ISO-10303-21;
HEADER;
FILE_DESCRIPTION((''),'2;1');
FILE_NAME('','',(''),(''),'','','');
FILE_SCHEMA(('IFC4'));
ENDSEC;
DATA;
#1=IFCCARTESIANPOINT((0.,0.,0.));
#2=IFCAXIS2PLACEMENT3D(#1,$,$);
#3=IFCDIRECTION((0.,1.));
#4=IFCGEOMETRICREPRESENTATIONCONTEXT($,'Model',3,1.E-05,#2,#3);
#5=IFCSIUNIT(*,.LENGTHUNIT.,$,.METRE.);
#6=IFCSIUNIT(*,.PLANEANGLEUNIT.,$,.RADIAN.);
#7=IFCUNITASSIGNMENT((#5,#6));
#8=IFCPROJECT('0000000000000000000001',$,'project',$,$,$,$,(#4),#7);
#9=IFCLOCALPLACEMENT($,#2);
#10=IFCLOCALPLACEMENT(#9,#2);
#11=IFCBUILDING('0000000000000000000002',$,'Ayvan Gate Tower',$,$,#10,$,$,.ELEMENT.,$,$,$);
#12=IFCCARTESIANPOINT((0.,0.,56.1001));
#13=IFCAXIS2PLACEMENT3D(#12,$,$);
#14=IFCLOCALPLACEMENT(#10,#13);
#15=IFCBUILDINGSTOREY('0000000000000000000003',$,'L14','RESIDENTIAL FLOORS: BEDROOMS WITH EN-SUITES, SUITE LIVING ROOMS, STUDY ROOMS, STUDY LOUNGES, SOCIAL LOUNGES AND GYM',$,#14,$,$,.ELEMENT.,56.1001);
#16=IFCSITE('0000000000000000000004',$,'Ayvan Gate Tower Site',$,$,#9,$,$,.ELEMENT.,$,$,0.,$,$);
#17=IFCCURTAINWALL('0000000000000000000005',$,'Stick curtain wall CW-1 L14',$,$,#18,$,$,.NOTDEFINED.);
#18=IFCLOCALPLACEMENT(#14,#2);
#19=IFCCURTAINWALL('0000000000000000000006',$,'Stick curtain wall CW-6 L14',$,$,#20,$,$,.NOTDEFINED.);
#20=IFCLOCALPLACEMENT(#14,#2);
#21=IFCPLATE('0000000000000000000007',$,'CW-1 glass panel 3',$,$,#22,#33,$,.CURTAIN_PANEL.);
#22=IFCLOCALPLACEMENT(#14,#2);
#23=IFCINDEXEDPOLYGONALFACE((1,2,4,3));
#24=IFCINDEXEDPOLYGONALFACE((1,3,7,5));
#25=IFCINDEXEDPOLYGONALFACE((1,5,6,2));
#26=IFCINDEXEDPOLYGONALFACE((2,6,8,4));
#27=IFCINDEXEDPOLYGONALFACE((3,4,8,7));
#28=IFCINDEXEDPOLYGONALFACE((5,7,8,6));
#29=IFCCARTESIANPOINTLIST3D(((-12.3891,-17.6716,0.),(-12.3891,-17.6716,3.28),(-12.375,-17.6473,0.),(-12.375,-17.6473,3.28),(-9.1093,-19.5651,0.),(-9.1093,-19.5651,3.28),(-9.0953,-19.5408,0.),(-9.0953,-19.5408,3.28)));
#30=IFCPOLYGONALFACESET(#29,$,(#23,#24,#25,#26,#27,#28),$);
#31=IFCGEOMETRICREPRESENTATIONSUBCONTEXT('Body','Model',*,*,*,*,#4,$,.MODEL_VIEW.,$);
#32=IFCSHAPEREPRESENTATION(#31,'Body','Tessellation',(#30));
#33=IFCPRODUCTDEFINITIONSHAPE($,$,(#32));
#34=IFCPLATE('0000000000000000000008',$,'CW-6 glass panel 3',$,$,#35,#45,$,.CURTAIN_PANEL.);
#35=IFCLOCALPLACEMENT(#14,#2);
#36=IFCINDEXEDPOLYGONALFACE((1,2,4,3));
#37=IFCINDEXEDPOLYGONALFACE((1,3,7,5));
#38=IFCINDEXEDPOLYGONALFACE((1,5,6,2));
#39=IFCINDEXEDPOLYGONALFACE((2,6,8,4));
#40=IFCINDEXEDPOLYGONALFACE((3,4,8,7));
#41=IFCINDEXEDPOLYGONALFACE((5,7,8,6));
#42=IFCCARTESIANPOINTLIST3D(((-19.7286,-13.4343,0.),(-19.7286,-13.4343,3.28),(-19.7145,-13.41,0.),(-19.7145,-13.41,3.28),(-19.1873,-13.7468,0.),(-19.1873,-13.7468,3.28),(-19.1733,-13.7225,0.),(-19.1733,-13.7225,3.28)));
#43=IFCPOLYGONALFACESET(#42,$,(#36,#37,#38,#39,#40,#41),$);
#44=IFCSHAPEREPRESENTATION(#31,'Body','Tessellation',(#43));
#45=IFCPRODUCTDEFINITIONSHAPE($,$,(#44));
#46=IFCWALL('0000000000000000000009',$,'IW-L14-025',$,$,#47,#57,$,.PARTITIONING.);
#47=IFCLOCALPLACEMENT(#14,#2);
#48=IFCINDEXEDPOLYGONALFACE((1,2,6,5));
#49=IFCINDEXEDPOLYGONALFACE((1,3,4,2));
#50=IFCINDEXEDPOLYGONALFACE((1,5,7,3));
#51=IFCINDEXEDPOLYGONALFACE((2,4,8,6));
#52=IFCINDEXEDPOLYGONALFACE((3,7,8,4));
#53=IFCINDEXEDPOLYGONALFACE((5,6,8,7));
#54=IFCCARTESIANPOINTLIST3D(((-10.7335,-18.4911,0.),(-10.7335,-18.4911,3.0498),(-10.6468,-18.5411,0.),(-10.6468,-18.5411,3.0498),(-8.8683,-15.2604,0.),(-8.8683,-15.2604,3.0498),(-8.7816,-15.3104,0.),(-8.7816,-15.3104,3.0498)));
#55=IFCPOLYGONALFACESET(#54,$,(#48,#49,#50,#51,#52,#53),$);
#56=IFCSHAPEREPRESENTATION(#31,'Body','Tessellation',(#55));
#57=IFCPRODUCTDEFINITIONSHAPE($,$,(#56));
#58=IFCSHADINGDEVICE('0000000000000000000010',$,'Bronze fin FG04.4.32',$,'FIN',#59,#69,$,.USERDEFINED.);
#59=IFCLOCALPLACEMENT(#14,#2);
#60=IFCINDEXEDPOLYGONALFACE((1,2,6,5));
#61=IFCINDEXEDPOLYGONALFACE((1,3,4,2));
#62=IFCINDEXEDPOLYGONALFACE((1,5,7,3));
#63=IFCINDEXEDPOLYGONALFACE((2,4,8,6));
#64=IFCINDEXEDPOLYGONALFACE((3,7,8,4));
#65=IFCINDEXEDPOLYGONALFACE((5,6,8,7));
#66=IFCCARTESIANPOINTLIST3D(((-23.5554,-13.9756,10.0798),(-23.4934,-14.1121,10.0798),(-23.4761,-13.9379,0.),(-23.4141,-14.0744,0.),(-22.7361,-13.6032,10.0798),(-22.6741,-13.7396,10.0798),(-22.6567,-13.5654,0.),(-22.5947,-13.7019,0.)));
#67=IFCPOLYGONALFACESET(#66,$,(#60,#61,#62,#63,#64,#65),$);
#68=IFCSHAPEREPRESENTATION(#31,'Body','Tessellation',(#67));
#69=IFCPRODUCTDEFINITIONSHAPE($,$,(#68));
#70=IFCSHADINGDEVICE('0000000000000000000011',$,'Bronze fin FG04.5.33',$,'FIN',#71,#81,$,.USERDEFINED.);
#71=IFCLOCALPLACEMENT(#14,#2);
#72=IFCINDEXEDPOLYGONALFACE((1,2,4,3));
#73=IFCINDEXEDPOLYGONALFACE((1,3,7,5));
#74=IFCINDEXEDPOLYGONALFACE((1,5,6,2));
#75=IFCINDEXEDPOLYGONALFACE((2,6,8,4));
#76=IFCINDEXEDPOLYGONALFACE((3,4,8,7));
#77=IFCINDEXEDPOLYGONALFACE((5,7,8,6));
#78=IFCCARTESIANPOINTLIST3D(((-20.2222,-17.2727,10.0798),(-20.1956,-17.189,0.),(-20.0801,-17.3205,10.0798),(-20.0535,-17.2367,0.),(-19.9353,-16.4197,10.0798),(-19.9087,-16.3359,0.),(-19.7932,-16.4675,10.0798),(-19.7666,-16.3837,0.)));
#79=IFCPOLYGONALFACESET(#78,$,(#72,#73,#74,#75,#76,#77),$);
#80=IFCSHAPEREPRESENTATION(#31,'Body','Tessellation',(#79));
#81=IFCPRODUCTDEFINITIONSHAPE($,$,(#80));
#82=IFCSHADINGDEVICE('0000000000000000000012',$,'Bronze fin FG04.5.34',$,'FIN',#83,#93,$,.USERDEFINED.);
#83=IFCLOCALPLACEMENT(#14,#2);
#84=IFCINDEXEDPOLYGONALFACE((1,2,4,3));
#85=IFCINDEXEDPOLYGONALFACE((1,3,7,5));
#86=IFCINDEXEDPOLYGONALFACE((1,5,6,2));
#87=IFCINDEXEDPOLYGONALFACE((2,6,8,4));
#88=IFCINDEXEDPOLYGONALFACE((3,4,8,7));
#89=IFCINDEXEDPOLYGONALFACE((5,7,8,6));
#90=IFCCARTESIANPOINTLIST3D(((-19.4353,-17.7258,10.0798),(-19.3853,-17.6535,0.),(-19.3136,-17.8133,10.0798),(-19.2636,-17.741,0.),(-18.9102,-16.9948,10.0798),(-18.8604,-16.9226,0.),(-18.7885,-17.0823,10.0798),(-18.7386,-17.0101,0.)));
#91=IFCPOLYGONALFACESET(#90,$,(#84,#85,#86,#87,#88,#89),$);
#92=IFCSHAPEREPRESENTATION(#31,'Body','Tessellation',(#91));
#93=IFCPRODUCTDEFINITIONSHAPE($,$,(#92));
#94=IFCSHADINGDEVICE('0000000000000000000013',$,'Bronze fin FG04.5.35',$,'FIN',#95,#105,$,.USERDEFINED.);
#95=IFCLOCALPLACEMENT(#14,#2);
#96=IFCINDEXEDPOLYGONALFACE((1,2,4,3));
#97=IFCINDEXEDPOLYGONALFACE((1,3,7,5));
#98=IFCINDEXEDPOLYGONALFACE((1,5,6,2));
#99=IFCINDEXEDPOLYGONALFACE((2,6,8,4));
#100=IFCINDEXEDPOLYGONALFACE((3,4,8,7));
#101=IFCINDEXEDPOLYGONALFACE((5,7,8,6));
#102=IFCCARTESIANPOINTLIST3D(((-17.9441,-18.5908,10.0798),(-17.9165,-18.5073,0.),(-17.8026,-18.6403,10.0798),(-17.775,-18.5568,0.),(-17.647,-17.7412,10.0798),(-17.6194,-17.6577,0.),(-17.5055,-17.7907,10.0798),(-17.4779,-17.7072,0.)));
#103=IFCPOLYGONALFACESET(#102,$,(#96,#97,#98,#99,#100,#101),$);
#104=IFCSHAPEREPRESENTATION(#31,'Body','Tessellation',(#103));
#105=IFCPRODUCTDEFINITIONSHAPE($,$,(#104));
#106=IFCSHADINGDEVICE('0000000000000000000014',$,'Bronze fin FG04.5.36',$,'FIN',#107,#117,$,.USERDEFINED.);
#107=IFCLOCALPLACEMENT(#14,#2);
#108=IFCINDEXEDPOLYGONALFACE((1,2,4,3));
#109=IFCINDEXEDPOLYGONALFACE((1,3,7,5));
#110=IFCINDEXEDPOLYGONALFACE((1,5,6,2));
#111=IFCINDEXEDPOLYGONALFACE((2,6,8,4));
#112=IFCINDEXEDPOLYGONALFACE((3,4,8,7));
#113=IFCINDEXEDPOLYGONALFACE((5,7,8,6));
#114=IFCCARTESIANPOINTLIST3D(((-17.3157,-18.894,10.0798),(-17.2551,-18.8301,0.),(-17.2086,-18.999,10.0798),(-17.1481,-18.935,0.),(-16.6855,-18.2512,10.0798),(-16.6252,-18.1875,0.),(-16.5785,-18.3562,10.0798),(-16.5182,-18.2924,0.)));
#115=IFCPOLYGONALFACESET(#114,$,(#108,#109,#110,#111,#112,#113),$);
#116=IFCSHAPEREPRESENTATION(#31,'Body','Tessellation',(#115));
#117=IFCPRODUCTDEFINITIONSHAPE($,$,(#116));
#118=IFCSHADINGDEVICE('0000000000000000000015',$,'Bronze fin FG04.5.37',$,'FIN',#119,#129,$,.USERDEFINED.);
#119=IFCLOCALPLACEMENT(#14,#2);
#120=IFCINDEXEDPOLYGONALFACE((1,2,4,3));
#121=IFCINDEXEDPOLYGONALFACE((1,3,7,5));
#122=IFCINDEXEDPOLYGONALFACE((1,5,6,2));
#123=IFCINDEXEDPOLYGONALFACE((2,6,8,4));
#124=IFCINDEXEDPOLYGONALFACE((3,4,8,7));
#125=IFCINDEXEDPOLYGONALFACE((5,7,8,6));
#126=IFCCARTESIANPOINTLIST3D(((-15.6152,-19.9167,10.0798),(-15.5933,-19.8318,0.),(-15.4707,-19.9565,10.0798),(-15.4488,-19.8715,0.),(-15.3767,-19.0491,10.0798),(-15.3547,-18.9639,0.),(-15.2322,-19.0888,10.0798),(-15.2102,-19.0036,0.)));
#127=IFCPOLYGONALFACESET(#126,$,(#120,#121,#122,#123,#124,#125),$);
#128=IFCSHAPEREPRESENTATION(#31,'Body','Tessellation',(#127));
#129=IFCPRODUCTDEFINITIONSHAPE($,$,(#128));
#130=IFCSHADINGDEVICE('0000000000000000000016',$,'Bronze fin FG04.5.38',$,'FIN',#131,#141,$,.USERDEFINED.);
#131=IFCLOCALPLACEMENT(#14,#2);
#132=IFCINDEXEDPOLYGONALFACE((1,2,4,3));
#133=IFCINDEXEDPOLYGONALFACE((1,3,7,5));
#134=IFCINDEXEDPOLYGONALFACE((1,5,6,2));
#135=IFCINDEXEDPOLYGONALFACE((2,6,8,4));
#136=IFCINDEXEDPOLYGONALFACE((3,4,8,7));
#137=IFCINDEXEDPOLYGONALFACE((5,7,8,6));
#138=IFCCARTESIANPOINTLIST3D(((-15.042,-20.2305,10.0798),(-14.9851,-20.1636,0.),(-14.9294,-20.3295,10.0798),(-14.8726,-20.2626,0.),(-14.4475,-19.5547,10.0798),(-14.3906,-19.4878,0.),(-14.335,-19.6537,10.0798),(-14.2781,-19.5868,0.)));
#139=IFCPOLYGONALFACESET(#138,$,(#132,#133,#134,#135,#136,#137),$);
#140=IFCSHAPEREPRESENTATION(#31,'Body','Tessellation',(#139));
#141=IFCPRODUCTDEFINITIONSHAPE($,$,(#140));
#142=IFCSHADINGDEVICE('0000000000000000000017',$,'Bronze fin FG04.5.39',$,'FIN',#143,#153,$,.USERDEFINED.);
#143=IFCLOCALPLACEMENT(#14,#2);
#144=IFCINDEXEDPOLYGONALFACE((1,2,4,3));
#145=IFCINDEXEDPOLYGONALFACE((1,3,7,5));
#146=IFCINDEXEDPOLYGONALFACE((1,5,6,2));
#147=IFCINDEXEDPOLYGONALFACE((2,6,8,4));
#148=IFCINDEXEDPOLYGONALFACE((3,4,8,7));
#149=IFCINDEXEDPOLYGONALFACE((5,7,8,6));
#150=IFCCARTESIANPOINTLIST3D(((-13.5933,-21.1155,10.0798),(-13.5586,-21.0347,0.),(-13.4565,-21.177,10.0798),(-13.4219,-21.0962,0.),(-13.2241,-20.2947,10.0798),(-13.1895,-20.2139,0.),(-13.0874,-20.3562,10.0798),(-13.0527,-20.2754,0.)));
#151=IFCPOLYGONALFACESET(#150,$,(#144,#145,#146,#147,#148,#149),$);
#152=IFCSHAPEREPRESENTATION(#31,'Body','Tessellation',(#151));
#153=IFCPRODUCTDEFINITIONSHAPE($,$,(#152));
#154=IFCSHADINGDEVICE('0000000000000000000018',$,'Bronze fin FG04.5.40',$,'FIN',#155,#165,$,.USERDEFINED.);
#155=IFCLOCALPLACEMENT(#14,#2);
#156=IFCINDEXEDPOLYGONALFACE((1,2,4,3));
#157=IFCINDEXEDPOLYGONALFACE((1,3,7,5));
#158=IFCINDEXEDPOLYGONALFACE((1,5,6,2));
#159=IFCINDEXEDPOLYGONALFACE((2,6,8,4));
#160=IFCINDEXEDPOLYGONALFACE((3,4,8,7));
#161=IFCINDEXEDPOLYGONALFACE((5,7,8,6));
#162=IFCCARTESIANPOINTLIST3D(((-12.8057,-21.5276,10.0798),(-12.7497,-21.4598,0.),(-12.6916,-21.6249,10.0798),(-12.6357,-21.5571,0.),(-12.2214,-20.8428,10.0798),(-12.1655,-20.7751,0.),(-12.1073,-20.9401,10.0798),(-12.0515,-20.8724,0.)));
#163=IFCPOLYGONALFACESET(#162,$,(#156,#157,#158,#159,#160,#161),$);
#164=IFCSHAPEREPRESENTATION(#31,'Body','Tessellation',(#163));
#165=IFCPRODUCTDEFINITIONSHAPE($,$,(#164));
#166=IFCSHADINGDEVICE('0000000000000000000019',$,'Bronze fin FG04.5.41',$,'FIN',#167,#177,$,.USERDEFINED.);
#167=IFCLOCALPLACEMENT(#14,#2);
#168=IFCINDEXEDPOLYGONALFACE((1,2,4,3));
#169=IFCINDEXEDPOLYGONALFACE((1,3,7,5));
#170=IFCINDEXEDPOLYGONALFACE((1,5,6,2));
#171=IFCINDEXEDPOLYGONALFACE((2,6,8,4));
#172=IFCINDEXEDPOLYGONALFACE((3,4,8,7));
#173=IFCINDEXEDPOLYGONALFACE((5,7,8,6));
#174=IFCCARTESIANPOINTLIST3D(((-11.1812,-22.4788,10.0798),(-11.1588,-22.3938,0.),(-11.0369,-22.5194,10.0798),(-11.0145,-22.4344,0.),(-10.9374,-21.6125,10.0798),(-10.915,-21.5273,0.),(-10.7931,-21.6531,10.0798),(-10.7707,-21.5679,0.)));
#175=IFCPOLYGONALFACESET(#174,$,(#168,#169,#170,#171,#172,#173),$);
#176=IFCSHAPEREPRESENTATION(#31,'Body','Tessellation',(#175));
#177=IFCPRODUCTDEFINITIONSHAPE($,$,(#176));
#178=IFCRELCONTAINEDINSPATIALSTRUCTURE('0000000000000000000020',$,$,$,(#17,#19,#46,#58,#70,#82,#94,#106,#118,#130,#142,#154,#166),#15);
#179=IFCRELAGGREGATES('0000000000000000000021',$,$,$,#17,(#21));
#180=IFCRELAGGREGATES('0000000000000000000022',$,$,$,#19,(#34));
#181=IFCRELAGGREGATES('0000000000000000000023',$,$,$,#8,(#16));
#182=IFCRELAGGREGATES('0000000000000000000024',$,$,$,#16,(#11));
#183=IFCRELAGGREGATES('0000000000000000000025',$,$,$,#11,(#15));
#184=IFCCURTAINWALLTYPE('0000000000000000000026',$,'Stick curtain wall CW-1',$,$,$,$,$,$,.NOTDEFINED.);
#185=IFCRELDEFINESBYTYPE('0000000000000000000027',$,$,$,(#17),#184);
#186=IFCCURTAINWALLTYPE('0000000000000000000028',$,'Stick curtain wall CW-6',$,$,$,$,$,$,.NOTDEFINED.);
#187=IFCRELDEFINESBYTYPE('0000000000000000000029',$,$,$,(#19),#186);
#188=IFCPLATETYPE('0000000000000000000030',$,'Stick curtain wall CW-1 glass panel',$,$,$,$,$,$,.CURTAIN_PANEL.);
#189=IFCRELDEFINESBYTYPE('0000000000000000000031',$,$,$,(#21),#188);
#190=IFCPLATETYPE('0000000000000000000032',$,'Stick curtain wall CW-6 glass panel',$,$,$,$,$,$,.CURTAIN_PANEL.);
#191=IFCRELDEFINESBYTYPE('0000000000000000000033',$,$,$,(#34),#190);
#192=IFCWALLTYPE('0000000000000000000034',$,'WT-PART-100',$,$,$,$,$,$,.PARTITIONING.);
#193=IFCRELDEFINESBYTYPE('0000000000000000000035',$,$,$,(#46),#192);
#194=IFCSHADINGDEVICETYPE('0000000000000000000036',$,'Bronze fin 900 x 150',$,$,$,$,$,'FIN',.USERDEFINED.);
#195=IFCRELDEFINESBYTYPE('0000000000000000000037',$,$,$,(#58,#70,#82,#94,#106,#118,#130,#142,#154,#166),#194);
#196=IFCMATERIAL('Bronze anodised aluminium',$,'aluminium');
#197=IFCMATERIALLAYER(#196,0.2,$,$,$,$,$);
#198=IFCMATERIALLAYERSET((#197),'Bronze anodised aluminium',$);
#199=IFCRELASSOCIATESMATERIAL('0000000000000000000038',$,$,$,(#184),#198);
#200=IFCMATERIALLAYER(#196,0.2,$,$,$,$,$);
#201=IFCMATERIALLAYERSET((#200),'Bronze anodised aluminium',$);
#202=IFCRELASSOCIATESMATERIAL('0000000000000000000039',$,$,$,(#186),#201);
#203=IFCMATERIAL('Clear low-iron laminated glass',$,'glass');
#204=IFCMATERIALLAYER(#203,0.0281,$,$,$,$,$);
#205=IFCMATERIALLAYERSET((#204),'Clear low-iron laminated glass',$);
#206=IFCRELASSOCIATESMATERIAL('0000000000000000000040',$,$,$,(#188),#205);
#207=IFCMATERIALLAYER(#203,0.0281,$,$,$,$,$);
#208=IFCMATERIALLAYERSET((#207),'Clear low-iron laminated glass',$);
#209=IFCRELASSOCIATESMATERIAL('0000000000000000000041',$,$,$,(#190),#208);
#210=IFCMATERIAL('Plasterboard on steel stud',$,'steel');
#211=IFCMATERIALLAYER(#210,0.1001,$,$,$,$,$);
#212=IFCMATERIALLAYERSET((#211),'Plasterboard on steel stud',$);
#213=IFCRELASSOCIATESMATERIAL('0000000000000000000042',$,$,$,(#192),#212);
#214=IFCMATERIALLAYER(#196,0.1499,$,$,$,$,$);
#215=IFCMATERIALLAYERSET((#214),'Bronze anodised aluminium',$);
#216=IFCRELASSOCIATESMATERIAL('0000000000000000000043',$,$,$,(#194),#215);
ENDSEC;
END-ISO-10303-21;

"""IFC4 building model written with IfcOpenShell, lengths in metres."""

from ifc_helpers import new_model, si_unit, direction, frame, frame_2d, origin, origin_2d, place, context, subcontext, project, spatial, polyline, rectangle, outline, extrude, material, layer, layer_set, type_object, element, aggregate, save


model = new_model("IFC4")

# Units and contexts
model_context = context("Model", 3, precision=1e-05, world=origin(), true_north=direction((0.0, 1.0)))
body_context = subcontext(model_context, "Body", "Model", "MODEL_VIEW")
ifc_project = project(units=[si_unit("LENGTHUNIT", "METRE"), si_unit("PLANEANGLEUNIT", "RADIAN")], contexts=[model_context])

# Site, building, storey
site_placement = place(None, origin())
site = spatial("IfcSite", under=ifc_project, at=site_placement, Name="Ayvan Gate Tower Site", CompositionType="ELEMENT", RefElevation=0.0)
building_placement = place(site_placement, origin())
building = spatial("IfcBuilding", under=site, at=building_placement, Name="Ayvan Gate Tower", CompositionType="ELEMENT")
storey_placement = place(building_placement, frame((0.0, 0.0, 56.1001)))
storey = spatial("IfcBuildingStorey", under=building, at=storey_placement, Name="L14", Description="RESIDENTIAL FLOORS: BEDROOMS WITH EN-SUITES, SUITE LIVING ROOMS, STUDY ROOMS, STUDY LOUNGES, SOCIAL LOUNGES AND GYM", CompositionType="ELEMENT", Elevation=56.1001)

# Curtain walls
ifc_material_1 = material(Name="Bronze anodised aluminium", Category="aluminium")
ifc_layer_1 = layer(ifc_material_1, 0.2)
ifc_layer_set_1 = layer_set([ifc_layer_1], Name="Bronze anodised aluminium")
curtain_wall_type_1 = type_object("IfcCurtainWallType", Name="Stick curtain wall CW-1", PredefinedType="NOTDEFINED", material=ifc_layer_set_1)
curtain_wall_1_placement = place(storey_placement, origin())
curtain_wall_1 = element("IfcCurtainWall", 1, at=curtain_wall_1_placement, inside=storey, type_object=curtain_wall_type_1, Name="Stick curtain wall CW-1 L14", PredefinedType="NOTDEFINED")
ifc_layer_2 = layer(ifc_material_1, 0.2)
ifc_layer_set_2 = layer_set([ifc_layer_2], Name="Bronze anodised aluminium")
curtain_wall_type_2 = type_object("IfcCurtainWallType", Name="Stick curtain wall CW-6", PredefinedType="NOTDEFINED", material=ifc_layer_set_2)
curtain_wall_2_placement = place(storey_placement, origin())
curtain_wall_2 = element("IfcCurtainWall", 2, at=curtain_wall_2_placement, inside=storey, type_object=curtain_wall_type_2, Name="Stick curtain wall CW-6 L14", PredefinedType="NOTDEFINED")

# Plates
ifc_material_2 = material(Name="Clear low-iron laminated glass", Category="glass")
ifc_layer_3 = layer(ifc_material_2, 0.0281)
ifc_layer_set_3 = layer_set([ifc_layer_3], Name="Clear low-iron laminated glass")
plate_type_1 = type_object("IfcPlateType", Name="Stick curtain wall CW-1 glass panel", PredefinedType="CURTAIN_PANEL", material=ifc_layer_set_3)
plate_1_placement = place(storey_placement, frame((-10.7422, -18.6062, 0.0), z_axis=(0.0, 0.0, 1.0), x_axis=(0.866025, -0.5, 0.0)))
plate_1 = element("IfcPlate", 3, at=plate_1_placement, type_object=plate_type_1, Name="CW-1 glass panel 3", PredefinedType="CURTAIN_PANEL", context=body_context, shape_type="SweptSolid", body=[
    extrude(rectangle(XDim=3.7871, YDim=0.0281, at=origin_2d()), origin(), (0.0, 0.0, 1.0), 3.28),
])
aggregate(curtain_wall_1, [plate_1])
ifc_layer_4 = layer(ifc_material_2, 0.0281)
ifc_layer_set_4 = layer_set([ifc_layer_4], Name="Clear low-iron laminated glass")
plate_type_2 = type_object("IfcPlateType", Name="Stick curtain wall CW-6 glass panel", PredefinedType="CURTAIN_PANEL", material=ifc_layer_set_4)
plate_2_placement = place(storey_placement, frame((-19.4509, -13.5784, 0.0), z_axis=(0.0, 0.0, 1.0), x_axis=(0.866025, -0.5, 0.0)))
plate_2 = element("IfcPlate", 4, at=plate_2_placement, type_object=plate_type_2, Name="CW-6 glass panel 3", PredefinedType="CURTAIN_PANEL", context=body_context, shape_type="SweptSolid", body=[
    extrude(rectangle(XDim=0.625, YDim=0.0281, at=origin_2d()), origin(), (0.0, 0.0, 1.0), 3.28),
])
aggregate(curtain_wall_2, [plate_2])

# Wall
ifc_material_3 = material(Name="Plasterboard on steel stud", Category="steel")
ifc_layer_5 = layer(ifc_material_3, 0.1001)
ifc_layer_set_5 = layer_set([ifc_layer_5], Name="Plasterboard on steel stud")
wall_type = type_object("IfcWallType", Name="WT-PART-100", PredefinedType="PARTITIONING", material=ifc_layer_set_5)
wall_placement = place(storey_placement, frame((-10.6902, -18.5161, 0.0), z_axis=(0.0, 0.0, 1.0), x_axis=(0.499996, 0.866028, 0.0)))
element("IfcWall", 5, at=wall_placement, inside=storey, type_object=wall_type, Name="IW-L14-025", PredefinedType="PARTITIONING", context=body_context, shape_type="SweptSolid", body=[
    extrude(rectangle(XDim=3.7305, YDim=0.1001, at=frame_2d((1.8652, 0.0))), origin(), (0.0, 0.0, 1.0), 3.0498),
])

# Shading devices
ifc_layer_6 = layer(ifc_material_1, 0.1499)
ifc_layer_set_6 = layer_set([ifc_layer_6], Name="Bronze anodised aluminium")
shading_device_type = type_object("IfcShadingDeviceType", Name="Bronze fin 900 x 150", ElementType="FIN", PredefinedType="USERDEFINED", material=ifc_layer_set_6)
shading_device_1_placement = place(storey_placement, frame((-22.6567, -13.5654, 0.0), z_axis=(-0.413813, 0.910362, 0.000149), x_axis=(-0.910362, -0.413813, 0.0)))
element("IfcShadingDevice", 6, at=shading_device_1_placement, inside=storey, type_object=shading_device_type, Name="Bronze fin FG04.4.32", ObjectType="FIN", PredefinedType="USERDEFINED", context=body_context, shape_type="SweptSolid", body=[
    extrude(outline(polyline([(0.0, 0.0), (0.9001, 0.0), (0.9879, 10.0798), (0.0879, 10.0798), (0.0, 0.0)])), origin(), (0.0, 0.0, -1.0), 0.1499),
])
shading_device_2_placement = place(storey_placement, frame((-19.9087, -16.3359, 0.0), z_axis=(-0.947839, 0.31875, 0.000146), x_axis=(-0.31875, -0.947839, 0.0)))
element("IfcShadingDevice", 7, at=shading_device_2_placement, inside=storey, type_object=shading_device_type, Name="Bronze fin FG04.5.33", ObjectType="FIN", PredefinedType="USERDEFINED", context=body_context, shape_type="SweptSolid", body=[
    extrude(outline(polyline([(0.0, 0.0), (0.9, 0.0), (0.9878, 10.0798), (0.0879, 10.0798), (0.0, 0.0)])), origin(), (0.0, 0.0, -1.0), 0.1499),
])
shading_device_3_placement = place(storey_placement, frame((-18.8604, -16.9226, 0.0), z_axis=(-0.8122, 0.583379, 0.000159), x_axis=(-0.583379, -0.8122, 0.0)))
element("IfcShadingDevice", 8, at=shading_device_3_placement, inside=storey, type_object=shading_device_type, Name="Bronze fin FG04.5.34", ObjectType="FIN", PredefinedType="USERDEFINED", context=body_context, shape_type="SweptSolid", body=[
    extrude(outline(polyline([(0.0, 0.0), (0.8999, 0.0), (0.9878, 10.0798), (0.0877, 10.0798), (0.0, 0.0)])), origin(), (0.0, 0.0, -1.0), 0.1499),
])
shading_device_4_placement = place(storey_placement, frame((-17.6194, -17.6577, 0.0), z_axis=(-0.943943, 0.330109, 0.000151), x_axis=(-0.330109, -0.943943, 0.0)))
element("IfcShadingDevice", 9, at=shading_device_4_placement, inside=storey, type_object=shading_device_type, Name="Bronze fin FG04.5.35", ObjectType="FIN", PredefinedType="USERDEFINED", context=body_context, shape_type="SweptSolid", body=[
    extrude(outline(polyline([(0.0, 0.0), (0.9001, 0.0), (0.988, 10.0798), (0.0879, 10.0798), (0.0, 0.0)])), origin(), (0.0, 0.0, -1.0), 0.1499),
])
shading_device_5_placement = place(storey_placement, frame((-16.6252, -18.1875, 0.0), z_axis=(-0.714125, 0.700019, 0.000153), x_axis=(-0.700019, -0.714125, 0.0)))
element("IfcShadingDevice", 10, at=shading_device_5_placement, inside=storey, type_object=shading_device_type, Name="Bronze fin FG04.5.36", ObjectType="FIN", PredefinedType="USERDEFINED", context=body_context, shape_type="SweptSolid", body=[
    extrude(outline(polyline([(0.0, 0.0), (0.8998, 0.0), (0.9879, 10.0798), (0.0877, 10.0798), (0.0, 0.0)])), origin(), (0.0, 0.0, -1.0), 0.1499),
])
shading_device_6_placement = place(storey_placement, frame((-15.3547, -18.9639, 0.0), z_axis=(-0.964239, 0.265034, 0.000135), x_axis=(-0.265034, -0.964239, 0.0)))
element("IfcShadingDevice", 11, at=shading_device_6_placement, inside=storey, type_object=shading_device_type, Name="Bronze fin FG04.5.37", ObjectType="FIN", PredefinedType="USERDEFINED", context=body_context, shape_type="SweptSolid", body=[
    extrude(outline(polyline([(0.0, 0.0), (0.9001, 0.0), (0.9878, 10.0798), (0.088, 10.0798), (0.0, 0.0)])), origin(), (0.0, 0.0, -1.0), 0.1499),
])
shading_device_7_placement = place(storey_placement, frame((-14.3906, -19.4878, 0.0), z_axis=(-0.750826, 0.660499, 0.000146), x_axis=(-0.660499, -0.750827, 0.0)))
element("IfcShadingDevice", 12, at=shading_device_7_placement, inside=storey, type_object=shading_device_type, Name="Bronze fin FG04.5.38", ObjectType="FIN", PredefinedType="USERDEFINED", context=body_context, shape_type="SweptSolid", body=[
    extrude(outline(polyline([(0.0, 0.0), (0.9, 0.0), (0.9878, 10.0798), (0.0878, 10.0798), (0.0, 0.0)])), origin(), (0.0, 0.0, -1.0), 0.1499),
])
shading_device_8_placement = place(storey_placement, frame((-13.1895, -20.2139, 0.0), z_axis=(-0.912013, 0.410162, 0.000152), x_axis=(-0.410162, -0.912013, 0.0)))
element("IfcShadingDevice", 13, at=shading_device_8_placement, inside=storey, type_object=shading_device_type, Name="Bronze fin FG04.5.39", ObjectType="FIN", PredefinedType="USERDEFINED", context=body_context, shape_type="SweptSolid", body=[
    extrude(outline(polyline([(0.0, 0.0), (0.9, 0.0), (0.9879, 10.0798), (0.0879, 10.0798), (0.0, 0.0)])), origin(), (0.0, 0.0, -1.0), 0.1499),
])
shading_device_9_placement = place(storey_placement, frame((-12.1655, -20.7751, 0.0), z_axis=(-0.76071, 0.649092, 0.000143), x_axis=(-0.649092, -0.76071, 0.0)))
element("IfcShadingDevice", 14, at=shading_device_9_placement, inside=storey, type_object=shading_device_type, Name="Bronze fin FG04.5.40", ObjectType="FIN", PredefinedType="USERDEFINED", context=body_context, shape_type="SweptSolid", body=[
    extrude(outline(polyline([(0.0, 0.0), (0.9, 0.0), (0.9879, 10.0798), (0.0877, 10.0798), (0.0, 0.0)])), origin(), (0.0, 0.0, -1.0), 0.1499),
])
shading_device_10_placement = place(storey_placement, frame((-10.915, -21.5273, 0.0), z_axis=(-0.962617, 0.270867, 0.000153), x_axis=(-0.270867, -0.962617, 0.0)))
element("IfcShadingDevice", 15, at=shading_device_10_placement, inside=storey, type_object=shading_device_type, Name="Bronze fin FG04.5.41", ObjectType="FIN", PredefinedType="USERDEFINED", context=body_context, shape_type="SweptSolid", body=[
    extrude(outline(polyline([(0.0, 0.0), (0.9001, 0.0), (0.9879, 10.0798), (0.088, 10.0798), (0.0, 0.0)])), origin(), (0.0, 0.0, -1.0), 0.1499),
])

save(model, "model.ifc")
